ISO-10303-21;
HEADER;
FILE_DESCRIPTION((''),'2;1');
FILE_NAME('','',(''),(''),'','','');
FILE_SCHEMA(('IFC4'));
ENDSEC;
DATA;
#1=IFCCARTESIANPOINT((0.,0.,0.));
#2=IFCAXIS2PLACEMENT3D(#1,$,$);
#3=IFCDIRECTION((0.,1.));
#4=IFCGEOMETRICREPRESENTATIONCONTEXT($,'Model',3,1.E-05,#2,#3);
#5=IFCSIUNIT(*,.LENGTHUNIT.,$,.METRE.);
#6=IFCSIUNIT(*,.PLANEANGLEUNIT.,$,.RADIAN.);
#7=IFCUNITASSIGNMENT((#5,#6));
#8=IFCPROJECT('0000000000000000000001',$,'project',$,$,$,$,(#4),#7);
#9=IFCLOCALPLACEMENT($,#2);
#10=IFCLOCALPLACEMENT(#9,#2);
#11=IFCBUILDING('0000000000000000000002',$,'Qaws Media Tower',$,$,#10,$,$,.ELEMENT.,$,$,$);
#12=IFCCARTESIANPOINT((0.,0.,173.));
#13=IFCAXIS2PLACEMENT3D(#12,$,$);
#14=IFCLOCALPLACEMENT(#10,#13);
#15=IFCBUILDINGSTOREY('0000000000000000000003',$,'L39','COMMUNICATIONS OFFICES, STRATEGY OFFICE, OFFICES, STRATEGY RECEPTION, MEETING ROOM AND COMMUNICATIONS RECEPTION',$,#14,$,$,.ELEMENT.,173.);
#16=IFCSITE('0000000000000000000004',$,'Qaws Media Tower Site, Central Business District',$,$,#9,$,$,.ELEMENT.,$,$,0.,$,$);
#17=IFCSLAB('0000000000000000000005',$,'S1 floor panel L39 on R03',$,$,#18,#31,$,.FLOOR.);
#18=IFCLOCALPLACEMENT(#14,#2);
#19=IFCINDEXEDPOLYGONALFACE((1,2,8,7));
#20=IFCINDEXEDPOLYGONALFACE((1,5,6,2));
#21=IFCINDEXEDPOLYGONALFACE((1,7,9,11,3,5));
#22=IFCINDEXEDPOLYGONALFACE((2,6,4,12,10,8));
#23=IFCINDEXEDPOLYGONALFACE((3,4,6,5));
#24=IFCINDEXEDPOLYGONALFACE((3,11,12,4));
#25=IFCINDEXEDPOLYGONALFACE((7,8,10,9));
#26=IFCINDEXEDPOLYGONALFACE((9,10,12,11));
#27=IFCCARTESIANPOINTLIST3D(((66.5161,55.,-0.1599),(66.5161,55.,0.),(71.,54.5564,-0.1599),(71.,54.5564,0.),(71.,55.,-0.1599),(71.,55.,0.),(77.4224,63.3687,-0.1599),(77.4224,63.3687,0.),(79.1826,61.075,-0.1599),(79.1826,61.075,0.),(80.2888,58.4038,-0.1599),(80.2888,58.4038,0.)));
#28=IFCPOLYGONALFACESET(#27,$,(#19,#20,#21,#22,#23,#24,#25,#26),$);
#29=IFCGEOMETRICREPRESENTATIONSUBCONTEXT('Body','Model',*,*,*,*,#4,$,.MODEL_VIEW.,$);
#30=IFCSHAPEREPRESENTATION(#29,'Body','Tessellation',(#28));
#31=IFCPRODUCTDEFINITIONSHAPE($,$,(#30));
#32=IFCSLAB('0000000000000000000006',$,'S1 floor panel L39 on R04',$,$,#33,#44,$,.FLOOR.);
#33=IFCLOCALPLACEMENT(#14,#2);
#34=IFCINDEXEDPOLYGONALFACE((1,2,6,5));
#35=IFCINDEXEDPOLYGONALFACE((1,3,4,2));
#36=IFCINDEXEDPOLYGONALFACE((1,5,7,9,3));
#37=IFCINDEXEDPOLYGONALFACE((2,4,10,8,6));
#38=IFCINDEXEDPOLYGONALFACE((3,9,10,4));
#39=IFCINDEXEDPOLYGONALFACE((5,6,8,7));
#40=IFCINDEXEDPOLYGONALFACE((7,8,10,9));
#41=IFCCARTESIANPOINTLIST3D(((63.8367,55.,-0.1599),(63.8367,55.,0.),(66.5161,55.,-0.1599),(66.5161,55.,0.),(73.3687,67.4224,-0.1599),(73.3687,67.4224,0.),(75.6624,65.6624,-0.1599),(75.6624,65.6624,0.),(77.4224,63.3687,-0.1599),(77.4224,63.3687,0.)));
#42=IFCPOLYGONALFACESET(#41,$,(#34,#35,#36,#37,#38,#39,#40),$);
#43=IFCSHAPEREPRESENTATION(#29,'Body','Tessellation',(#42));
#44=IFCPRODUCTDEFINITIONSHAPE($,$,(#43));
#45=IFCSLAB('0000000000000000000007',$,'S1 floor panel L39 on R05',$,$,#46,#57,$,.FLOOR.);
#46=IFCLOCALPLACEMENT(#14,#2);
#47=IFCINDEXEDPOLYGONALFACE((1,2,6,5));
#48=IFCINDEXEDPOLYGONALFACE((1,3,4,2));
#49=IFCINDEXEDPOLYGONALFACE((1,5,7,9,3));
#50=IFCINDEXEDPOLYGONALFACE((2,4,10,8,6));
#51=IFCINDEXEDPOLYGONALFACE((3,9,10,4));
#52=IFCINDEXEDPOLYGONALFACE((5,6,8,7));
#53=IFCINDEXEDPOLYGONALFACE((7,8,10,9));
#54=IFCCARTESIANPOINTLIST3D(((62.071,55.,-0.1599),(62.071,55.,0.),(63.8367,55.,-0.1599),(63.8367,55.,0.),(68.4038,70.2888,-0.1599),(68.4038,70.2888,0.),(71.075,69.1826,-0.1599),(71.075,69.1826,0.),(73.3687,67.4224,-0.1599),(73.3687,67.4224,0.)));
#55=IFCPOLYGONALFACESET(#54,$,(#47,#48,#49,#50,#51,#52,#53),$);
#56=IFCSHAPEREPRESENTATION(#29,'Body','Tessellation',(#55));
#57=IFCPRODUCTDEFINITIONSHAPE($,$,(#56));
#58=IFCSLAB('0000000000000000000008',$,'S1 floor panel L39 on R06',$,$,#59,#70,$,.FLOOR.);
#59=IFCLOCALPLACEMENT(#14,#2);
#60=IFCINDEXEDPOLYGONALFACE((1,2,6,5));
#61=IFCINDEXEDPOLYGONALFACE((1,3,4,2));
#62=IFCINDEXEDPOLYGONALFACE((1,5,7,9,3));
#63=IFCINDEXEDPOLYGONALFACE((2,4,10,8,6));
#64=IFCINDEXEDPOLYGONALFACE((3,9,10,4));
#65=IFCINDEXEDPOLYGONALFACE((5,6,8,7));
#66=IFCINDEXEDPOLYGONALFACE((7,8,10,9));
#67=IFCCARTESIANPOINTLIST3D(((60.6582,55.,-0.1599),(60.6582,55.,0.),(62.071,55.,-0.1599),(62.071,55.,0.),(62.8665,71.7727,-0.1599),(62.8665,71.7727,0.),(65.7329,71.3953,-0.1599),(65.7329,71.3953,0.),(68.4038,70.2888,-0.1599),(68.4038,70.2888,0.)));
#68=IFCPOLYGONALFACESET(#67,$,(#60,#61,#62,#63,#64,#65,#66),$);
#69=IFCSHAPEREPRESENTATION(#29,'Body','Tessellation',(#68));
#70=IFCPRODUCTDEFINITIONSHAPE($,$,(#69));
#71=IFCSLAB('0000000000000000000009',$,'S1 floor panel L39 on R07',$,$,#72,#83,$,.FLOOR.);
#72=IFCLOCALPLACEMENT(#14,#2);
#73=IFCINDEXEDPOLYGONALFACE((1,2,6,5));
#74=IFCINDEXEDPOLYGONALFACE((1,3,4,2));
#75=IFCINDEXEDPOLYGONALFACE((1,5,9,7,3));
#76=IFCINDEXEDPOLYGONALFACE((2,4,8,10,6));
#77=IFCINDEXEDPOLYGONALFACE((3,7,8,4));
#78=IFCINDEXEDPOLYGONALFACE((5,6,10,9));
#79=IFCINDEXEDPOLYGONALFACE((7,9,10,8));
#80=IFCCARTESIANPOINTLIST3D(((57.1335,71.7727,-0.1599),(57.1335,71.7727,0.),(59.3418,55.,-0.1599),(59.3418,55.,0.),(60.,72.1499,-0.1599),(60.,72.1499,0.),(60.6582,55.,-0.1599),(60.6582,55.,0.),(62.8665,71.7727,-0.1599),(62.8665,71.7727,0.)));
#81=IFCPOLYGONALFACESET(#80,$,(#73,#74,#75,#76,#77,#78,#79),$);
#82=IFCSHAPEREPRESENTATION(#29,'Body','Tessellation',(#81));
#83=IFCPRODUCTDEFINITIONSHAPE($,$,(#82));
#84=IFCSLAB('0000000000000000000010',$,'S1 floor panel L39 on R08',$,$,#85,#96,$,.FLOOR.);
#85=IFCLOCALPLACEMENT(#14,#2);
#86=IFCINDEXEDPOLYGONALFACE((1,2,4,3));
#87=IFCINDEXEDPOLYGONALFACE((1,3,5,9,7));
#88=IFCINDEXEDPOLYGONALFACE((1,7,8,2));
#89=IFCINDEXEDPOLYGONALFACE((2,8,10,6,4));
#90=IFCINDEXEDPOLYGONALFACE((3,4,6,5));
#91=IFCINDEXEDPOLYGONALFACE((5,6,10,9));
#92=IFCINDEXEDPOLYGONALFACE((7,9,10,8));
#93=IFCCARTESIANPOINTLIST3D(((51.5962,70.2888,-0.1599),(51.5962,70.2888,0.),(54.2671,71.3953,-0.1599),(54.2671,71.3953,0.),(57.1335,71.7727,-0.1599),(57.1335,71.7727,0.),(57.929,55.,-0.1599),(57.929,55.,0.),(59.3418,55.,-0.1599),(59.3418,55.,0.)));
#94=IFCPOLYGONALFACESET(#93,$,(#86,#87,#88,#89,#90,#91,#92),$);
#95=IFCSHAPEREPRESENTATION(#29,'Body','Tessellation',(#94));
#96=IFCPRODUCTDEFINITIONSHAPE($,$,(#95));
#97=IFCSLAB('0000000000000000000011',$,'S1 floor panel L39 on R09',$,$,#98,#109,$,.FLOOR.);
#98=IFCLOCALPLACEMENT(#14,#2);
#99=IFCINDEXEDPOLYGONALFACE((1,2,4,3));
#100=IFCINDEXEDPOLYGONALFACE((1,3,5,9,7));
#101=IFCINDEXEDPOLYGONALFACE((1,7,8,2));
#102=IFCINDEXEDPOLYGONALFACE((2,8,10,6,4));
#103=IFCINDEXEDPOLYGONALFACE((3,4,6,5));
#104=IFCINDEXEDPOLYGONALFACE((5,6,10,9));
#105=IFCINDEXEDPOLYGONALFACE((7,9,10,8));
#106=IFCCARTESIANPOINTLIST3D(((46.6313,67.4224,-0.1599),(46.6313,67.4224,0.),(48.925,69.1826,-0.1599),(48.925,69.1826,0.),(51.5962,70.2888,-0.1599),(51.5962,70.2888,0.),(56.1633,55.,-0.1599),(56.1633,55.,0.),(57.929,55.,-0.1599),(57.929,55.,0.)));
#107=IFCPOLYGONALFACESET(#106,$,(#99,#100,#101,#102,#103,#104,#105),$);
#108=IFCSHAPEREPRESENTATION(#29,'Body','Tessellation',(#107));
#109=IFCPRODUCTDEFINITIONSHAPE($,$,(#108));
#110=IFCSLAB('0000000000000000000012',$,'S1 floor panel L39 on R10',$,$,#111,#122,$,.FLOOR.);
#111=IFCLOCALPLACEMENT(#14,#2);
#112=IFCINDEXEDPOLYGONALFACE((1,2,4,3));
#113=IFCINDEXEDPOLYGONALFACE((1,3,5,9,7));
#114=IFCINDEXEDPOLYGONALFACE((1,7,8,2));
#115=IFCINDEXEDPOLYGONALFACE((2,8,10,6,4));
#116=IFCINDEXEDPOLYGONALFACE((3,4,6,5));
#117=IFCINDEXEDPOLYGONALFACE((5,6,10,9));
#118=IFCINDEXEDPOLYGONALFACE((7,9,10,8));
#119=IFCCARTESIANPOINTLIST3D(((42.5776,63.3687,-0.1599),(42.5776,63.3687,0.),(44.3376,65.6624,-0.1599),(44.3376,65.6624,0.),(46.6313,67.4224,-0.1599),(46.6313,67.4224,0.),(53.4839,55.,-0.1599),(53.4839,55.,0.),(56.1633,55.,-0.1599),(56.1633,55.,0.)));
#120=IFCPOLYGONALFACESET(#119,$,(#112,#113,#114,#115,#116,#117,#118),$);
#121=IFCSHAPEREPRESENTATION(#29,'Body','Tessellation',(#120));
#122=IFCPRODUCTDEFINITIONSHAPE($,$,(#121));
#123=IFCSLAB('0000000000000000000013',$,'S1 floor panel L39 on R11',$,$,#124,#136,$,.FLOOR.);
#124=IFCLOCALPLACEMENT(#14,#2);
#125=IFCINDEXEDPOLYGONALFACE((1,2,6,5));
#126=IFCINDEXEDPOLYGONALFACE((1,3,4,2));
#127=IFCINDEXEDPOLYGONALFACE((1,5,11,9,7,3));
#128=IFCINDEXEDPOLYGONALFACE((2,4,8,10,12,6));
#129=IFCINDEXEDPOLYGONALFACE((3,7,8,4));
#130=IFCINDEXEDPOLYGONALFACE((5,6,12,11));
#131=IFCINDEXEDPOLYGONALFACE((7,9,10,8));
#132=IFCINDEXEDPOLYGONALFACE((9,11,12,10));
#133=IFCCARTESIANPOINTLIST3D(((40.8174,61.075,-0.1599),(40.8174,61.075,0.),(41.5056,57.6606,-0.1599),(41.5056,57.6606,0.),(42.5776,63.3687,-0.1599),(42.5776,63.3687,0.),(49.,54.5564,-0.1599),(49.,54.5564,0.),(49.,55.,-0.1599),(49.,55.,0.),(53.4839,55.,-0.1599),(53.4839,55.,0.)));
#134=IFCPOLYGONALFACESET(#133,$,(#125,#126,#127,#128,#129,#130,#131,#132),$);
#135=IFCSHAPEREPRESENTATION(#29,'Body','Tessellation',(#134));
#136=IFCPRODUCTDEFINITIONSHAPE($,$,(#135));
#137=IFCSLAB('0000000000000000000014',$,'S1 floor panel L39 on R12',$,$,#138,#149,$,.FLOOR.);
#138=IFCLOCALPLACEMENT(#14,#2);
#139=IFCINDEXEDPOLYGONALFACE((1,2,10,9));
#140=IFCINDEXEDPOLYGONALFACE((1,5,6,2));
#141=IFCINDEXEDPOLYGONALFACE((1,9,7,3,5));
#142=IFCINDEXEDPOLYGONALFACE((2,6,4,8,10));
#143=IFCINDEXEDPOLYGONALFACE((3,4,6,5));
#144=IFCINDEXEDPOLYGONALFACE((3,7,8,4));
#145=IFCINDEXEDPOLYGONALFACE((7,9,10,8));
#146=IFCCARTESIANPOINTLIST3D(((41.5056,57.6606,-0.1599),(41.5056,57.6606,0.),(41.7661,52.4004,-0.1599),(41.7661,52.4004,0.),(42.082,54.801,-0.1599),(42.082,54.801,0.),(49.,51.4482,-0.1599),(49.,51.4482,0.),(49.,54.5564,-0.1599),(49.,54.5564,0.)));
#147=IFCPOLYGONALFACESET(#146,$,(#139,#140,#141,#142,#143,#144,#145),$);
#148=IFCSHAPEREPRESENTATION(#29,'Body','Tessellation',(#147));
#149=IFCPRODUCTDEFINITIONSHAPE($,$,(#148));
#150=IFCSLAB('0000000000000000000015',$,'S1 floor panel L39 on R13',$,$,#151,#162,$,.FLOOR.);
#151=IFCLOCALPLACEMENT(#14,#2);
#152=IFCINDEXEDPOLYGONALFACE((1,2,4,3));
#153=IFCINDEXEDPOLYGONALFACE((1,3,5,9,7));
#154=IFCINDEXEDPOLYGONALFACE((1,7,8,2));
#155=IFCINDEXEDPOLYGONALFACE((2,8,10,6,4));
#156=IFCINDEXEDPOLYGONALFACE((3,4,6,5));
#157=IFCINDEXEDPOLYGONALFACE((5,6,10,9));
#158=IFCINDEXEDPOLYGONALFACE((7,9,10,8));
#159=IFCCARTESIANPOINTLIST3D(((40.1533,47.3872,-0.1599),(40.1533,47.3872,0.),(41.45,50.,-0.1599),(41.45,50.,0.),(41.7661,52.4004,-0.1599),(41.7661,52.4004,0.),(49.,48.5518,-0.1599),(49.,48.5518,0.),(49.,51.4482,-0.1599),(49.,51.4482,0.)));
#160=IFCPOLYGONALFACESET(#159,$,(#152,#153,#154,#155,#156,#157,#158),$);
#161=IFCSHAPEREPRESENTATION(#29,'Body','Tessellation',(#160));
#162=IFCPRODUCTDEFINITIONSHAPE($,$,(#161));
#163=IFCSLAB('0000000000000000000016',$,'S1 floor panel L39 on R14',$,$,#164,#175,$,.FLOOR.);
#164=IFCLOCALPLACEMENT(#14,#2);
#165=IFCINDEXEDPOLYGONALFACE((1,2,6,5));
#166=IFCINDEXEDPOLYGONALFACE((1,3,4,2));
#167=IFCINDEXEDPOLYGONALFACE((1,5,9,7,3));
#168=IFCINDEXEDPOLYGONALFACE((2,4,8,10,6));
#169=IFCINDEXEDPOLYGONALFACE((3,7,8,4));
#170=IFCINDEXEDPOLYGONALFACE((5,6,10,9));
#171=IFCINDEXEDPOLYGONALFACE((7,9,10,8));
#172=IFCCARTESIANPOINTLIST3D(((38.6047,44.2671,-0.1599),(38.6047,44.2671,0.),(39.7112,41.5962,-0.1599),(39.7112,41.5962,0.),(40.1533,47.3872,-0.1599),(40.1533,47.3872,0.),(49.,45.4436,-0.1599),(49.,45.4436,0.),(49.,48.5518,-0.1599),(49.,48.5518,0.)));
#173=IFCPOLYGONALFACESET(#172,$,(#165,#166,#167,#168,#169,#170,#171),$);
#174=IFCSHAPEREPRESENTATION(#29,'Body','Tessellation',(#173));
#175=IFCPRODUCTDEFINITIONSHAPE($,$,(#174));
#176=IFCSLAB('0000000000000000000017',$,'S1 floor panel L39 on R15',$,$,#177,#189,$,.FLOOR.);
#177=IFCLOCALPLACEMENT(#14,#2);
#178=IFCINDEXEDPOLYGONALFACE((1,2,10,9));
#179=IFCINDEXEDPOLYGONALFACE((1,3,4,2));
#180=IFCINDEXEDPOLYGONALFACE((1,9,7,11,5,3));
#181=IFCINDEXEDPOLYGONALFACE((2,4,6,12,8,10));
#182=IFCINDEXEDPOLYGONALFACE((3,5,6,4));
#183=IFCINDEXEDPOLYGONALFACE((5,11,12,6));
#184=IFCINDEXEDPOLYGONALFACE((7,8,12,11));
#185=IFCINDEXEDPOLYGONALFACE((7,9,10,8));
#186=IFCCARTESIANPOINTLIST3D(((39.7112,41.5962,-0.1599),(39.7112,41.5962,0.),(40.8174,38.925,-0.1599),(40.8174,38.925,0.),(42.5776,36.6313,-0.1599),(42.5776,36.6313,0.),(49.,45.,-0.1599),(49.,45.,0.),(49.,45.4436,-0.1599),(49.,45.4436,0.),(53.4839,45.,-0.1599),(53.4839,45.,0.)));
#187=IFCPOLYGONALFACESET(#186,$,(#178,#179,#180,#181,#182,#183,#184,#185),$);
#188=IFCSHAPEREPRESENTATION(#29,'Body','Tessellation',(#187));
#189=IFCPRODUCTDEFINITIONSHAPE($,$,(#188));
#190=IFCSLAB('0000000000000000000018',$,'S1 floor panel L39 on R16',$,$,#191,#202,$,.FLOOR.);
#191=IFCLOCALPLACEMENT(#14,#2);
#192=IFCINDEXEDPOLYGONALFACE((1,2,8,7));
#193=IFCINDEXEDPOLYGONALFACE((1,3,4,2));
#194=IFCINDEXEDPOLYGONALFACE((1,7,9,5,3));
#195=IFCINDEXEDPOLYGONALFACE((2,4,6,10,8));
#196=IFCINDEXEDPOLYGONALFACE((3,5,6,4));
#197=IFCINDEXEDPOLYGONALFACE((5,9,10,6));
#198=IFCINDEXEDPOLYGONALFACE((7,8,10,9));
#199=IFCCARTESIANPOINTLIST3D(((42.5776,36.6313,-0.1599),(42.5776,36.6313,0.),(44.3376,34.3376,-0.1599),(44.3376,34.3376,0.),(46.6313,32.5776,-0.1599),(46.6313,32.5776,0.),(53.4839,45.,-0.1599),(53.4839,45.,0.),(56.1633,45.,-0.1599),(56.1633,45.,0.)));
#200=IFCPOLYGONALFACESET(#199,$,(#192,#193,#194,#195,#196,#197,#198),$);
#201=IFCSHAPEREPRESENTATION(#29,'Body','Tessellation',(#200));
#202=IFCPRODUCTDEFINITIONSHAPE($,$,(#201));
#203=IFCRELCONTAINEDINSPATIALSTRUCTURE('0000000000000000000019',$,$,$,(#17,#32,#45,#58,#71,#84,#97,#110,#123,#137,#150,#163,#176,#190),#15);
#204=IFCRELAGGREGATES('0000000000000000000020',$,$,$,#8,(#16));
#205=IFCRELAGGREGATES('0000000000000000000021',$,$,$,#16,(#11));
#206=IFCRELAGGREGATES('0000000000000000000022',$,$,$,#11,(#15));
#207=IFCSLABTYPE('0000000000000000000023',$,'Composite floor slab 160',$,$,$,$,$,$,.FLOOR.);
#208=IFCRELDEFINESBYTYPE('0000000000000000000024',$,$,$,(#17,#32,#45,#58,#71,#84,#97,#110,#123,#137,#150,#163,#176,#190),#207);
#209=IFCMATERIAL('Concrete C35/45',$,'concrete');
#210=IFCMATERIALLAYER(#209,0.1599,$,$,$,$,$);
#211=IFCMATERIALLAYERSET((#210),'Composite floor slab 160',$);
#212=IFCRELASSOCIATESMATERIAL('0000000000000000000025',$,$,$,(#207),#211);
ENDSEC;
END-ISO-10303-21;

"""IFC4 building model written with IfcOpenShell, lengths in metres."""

from ifc_helpers import new_model, si_unit, direction, frame, origin, place, context, subcontext, project, spatial, polyline, outline, extrude, material, layer, layer_set, type_object, element, save


model = new_model("IFC4")

# Units and contexts
model_context = context("Model", 3, precision=1e-05, world=origin(), true_north=direction((0.0, 1.0)))
body_context = subcontext(model_context, "Body", "Model", "MODEL_VIEW")
ifc_project = project(units=[si_unit("LENGTHUNIT", "METRE"), si_unit("PLANEANGLEUNIT", "RADIAN")], contexts=[model_context])

# Site, building, storey
site_placement = place(None, origin())
site = spatial("IfcSite", under=ifc_project, at=site_placement, Name="Qaws Media Tower Site, Central Business District", CompositionType="ELEMENT", RefElevation=0.0)
building_placement = place(site_placement, origin())
building = spatial("IfcBuilding", under=site, at=building_placement, Name="Qaws Media Tower", CompositionType="ELEMENT")
storey_placement = place(building_placement, frame((0.0, 0.0, 173.0)))
storey = spatial("IfcBuildingStorey", under=building, at=storey_placement, Name="L39", Description="COMMUNICATIONS OFFICES, STRATEGY OFFICE, OFFICES, STRATEGY RECEPTION, MEETING ROOM AND COMMUNICATIONS RECEPTION", CompositionType="ELEMENT", Elevation=173.0)

# Slabs
ifc_material_1 = material(Name="Concrete C35/45", Category="concrete")
ifc_layer_1 = layer(ifc_material_1, 0.1599)
ifc_layer_set_1 = layer_set([ifc_layer_1], Name="Composite floor slab 160")
slab_type_1 = type_object("IfcSlabType", Name="Composite floor slab 160", PredefinedType="FLOOR", material=ifc_layer_set_1)
slab_1_placement = place(storey_placement, frame((0.0, 0.0, -0.1599)))
element("IfcSlab", 1, at=slab_1_placement, inside=storey, type_object=slab_type_1, Name="S1 floor panel L39 on R03", PredefinedType="FLOOR", context=body_context, shape_type="SweptSolid", body=[
    extrude(outline(polyline([(79.1826, 61.075), (80.2888, 58.4038), (71.0, 54.5564), (71.0, 55.0), (66.5161, 55.0), (77.4224, 63.3687), (79.1826, 61.075)])), origin(), (0.0, 0.0, 1.0), 0.1599),
])
slab_2_placement = place(storey_placement, frame((0.0, 0.0, -0.1599)))
element("IfcSlab", 2, at=slab_2_placement, inside=storey, type_object=slab_type_1, Name="S1 floor panel L39 on R04", PredefinedType="FLOOR", context=body_context, shape_type="SweptSolid", body=[
    extrude(outline(polyline([(75.6624, 65.6624), (77.4224, 63.3687), (66.5161, 55.0), (63.8367, 55.0), (73.3687, 67.4224), (75.6624, 65.6624)])), origin(), (0.0, 0.0, 1.0), 0.1599),
])
slab_3_placement = place(storey_placement, frame((0.0, 0.0, -0.1599)))
element("IfcSlab", 3, at=slab_3_placement, inside=storey, type_object=slab_type_1, Name="S1 floor panel L39 on R05", PredefinedType="FLOOR", context=body_context, shape_type="SweptSolid", body=[
    extrude(outline(polyline([(71.075, 69.1826), (73.3687, 67.4224), (63.8367, 55.0), (62.071, 55.0), (68.4038, 70.2888), (71.075, 69.1826)])), origin(), (0.0, 0.0, 1.0), 0.1599),
])
slab_4_placement = place(storey_placement, frame((0.0, 0.0, -0.1599)))
element("IfcSlab", 4, at=slab_4_placement, inside=storey, type_object=slab_type_1, Name="S1 floor panel L39 on R06", PredefinedType="FLOOR", context=body_context, shape_type="SweptSolid", body=[
    extrude(outline(polyline([(65.7329, 71.3953), (68.4038, 70.2888), (62.071, 55.0), (60.6582, 55.0), (62.8665, 71.7727), (65.7329, 71.3953)])), origin(), (0.0, 0.0, 1.0), 0.1599),
])
slab_5_placement = place(storey_placement, frame((0.0, 0.0, -0.1599)))
element("IfcSlab", 5, at=slab_5_placement, inside=storey, type_object=slab_type_1, Name="S1 floor panel L39 on R07", PredefinedType="FLOOR", context=body_context, shape_type="SweptSolid", body=[
    extrude(outline(polyline([(60.0, 72.1499), (62.8665, 71.7727), (60.6582, 55.0), (59.3418, 55.0), (57.1335, 71.7727), (60.0, 72.1499)])), origin(), (0.0, 0.0, 1.0), 0.1599),
])
slab_6_placement = place(storey_placement, frame((0.0, 0.0, -0.1599)))
element("IfcSlab", 6, at=slab_6_placement, inside=storey, type_object=slab_type_1, Name="S1 floor panel L39 on R08", PredefinedType="FLOOR", context=body_context, shape_type="SweptSolid", body=[
    extrude(outline(polyline([(54.2671, 71.3953), (57.1335, 71.7727), (59.3418, 55.0), (57.929, 55.0), (51.5962, 70.2888), (54.2671, 71.3953)])), origin(), (0.0, 0.0, 1.0), 0.1599),
])
slab_7_placement = place(storey_placement, frame((0.0, 0.0, -0.1599)))
element("IfcSlab", 7, at=slab_7_placement, inside=storey, type_object=slab_type_1, Name="S1 floor panel L39 on R09", PredefinedType="FLOOR", context=body_context, shape_type="SweptSolid", body=[
    extrude(outline(polyline([(48.925, 69.1826), (51.5962, 70.2888), (57.929, 55.0), (56.1633, 55.0), (46.6313, 67.4224), (48.925, 69.1826)])), origin(), (0.0, 0.0, 1.0), 0.1599),
])
slab_8_placement = place(storey_placement, frame((0.0, 0.0, -0.1599)))
element("IfcSlab", 8, at=slab_8_placement, inside=storey, type_object=slab_type_1, Name="S1 floor panel L39 on R10", PredefinedType="FLOOR", context=body_context, shape_type="SweptSolid", body=[
    extrude(outline(polyline([(44.3376, 65.6624), (46.6313, 67.4224), (56.1633, 55.0), (53.4839, 55.0), (42.5776, 63.3687), (44.3376, 65.6624)])), origin(), (0.0, 0.0, 1.0), 0.1599),
])
slab_9_placement = place(storey_placement, frame((0.0, 0.0, -0.1599)))
element("IfcSlab", 9, at=slab_9_placement, inside=storey, type_object=slab_type_1, Name="S1 floor panel L39 on R11", PredefinedType="FLOOR", context=body_context, shape_type="SweptSolid", body=[
    extrude(outline(polyline([(40.8174, 61.075), (42.5776, 63.3687), (53.4839, 55.0), (49.0, 55.0), (49.0, 54.5564), (41.5056, 57.6606), (40.8174, 61.075)])), origin(), (0.0, 0.0, 1.0), 0.1599),
])
slab_10_placement = place(storey_placement, frame((0.0, 0.0, -0.1599)))
element("IfcSlab", 10, at=slab_10_placement, inside=storey, type_object=slab_type_1, Name="S1 floor panel L39 on R12", PredefinedType="FLOOR", context=body_context, shape_type="SweptSolid", body=[
    extrude(outline(polyline([(42.082, 54.801), (41.5056, 57.6606), (49.0, 54.5564), (49.0, 51.4482), (41.7661, 52.4004), (42.082, 54.801)])), origin(), (0.0, 0.0, 1.0), 0.1599),
])
slab_11_placement = place(storey_placement, frame((0.0, 0.0, -0.1599)))
element("IfcSlab", 11, at=slab_11_placement, inside=storey, type_object=slab_type_1, Name="S1 floor panel L39 on R13", PredefinedType="FLOOR", context=body_context, shape_type="SweptSolid", body=[
    extrude(outline(polyline([(41.45, 50.0), (41.7661, 52.4004), (49.0, 51.4482), (49.0, 48.5518), (40.1533, 47.3872), (41.45, 50.0)])), origin(), (0.0, 0.0, 1.0), 0.1599),
])
slab_12_placement = place(storey_placement, frame((0.0, 0.0, -0.1599)))
element("IfcSlab", 12, at=slab_12_placement, inside=storey, type_object=slab_type_1, Name="S1 floor panel L39 on R14", PredefinedType="FLOOR", context=body_context, shape_type="SweptSolid", body=[
    extrude(outline(polyline([(38.6047, 44.2671), (40.1533, 47.3872), (49.0, 48.5518), (49.0, 45.4436), (39.7112, 41.5962), (38.6047, 44.2671)])), origin(), (0.0, 0.0, 1.0), 0.1599),
])
slab_13_placement = place(storey_placement, frame((0.0, 0.0, -0.1599)))
element("IfcSlab", 13, at=slab_13_placement, inside=storey, type_object=slab_type_1, Name="S1 floor panel L39 on R15", PredefinedType="FLOOR", context=body_context, shape_type="SweptSolid", body=[
    extrude(outline(polyline([(40.8174, 38.925), (39.7112, 41.5962), (49.0, 45.4436), (49.0, 45.0), (53.4839, 45.0), (42.5776, 36.6313), (40.8174, 38.925)])), origin(), (0.0, 0.0, 1.0), 0.1599),
])
slab_14_placement = place(storey_placement, frame((0.0, 0.0, -0.1599)))
element("IfcSlab", 14, at=slab_14_placement, inside=storey, type_object=slab_type_1, Name="S1 floor panel L39 on R16", PredefinedType="FLOOR", context=body_context, shape_type="SweptSolid", body=[
    extrude(outline(polyline([(44.3376, 34.3376), (42.5776, 36.6313), (53.4839, 45.0), (56.1633, 45.0), (46.6313, 32.5776), (44.3376, 34.3376)])), origin(), (0.0, 0.0, 1.0), 0.1599),
])

save(model, "model.ifc")
